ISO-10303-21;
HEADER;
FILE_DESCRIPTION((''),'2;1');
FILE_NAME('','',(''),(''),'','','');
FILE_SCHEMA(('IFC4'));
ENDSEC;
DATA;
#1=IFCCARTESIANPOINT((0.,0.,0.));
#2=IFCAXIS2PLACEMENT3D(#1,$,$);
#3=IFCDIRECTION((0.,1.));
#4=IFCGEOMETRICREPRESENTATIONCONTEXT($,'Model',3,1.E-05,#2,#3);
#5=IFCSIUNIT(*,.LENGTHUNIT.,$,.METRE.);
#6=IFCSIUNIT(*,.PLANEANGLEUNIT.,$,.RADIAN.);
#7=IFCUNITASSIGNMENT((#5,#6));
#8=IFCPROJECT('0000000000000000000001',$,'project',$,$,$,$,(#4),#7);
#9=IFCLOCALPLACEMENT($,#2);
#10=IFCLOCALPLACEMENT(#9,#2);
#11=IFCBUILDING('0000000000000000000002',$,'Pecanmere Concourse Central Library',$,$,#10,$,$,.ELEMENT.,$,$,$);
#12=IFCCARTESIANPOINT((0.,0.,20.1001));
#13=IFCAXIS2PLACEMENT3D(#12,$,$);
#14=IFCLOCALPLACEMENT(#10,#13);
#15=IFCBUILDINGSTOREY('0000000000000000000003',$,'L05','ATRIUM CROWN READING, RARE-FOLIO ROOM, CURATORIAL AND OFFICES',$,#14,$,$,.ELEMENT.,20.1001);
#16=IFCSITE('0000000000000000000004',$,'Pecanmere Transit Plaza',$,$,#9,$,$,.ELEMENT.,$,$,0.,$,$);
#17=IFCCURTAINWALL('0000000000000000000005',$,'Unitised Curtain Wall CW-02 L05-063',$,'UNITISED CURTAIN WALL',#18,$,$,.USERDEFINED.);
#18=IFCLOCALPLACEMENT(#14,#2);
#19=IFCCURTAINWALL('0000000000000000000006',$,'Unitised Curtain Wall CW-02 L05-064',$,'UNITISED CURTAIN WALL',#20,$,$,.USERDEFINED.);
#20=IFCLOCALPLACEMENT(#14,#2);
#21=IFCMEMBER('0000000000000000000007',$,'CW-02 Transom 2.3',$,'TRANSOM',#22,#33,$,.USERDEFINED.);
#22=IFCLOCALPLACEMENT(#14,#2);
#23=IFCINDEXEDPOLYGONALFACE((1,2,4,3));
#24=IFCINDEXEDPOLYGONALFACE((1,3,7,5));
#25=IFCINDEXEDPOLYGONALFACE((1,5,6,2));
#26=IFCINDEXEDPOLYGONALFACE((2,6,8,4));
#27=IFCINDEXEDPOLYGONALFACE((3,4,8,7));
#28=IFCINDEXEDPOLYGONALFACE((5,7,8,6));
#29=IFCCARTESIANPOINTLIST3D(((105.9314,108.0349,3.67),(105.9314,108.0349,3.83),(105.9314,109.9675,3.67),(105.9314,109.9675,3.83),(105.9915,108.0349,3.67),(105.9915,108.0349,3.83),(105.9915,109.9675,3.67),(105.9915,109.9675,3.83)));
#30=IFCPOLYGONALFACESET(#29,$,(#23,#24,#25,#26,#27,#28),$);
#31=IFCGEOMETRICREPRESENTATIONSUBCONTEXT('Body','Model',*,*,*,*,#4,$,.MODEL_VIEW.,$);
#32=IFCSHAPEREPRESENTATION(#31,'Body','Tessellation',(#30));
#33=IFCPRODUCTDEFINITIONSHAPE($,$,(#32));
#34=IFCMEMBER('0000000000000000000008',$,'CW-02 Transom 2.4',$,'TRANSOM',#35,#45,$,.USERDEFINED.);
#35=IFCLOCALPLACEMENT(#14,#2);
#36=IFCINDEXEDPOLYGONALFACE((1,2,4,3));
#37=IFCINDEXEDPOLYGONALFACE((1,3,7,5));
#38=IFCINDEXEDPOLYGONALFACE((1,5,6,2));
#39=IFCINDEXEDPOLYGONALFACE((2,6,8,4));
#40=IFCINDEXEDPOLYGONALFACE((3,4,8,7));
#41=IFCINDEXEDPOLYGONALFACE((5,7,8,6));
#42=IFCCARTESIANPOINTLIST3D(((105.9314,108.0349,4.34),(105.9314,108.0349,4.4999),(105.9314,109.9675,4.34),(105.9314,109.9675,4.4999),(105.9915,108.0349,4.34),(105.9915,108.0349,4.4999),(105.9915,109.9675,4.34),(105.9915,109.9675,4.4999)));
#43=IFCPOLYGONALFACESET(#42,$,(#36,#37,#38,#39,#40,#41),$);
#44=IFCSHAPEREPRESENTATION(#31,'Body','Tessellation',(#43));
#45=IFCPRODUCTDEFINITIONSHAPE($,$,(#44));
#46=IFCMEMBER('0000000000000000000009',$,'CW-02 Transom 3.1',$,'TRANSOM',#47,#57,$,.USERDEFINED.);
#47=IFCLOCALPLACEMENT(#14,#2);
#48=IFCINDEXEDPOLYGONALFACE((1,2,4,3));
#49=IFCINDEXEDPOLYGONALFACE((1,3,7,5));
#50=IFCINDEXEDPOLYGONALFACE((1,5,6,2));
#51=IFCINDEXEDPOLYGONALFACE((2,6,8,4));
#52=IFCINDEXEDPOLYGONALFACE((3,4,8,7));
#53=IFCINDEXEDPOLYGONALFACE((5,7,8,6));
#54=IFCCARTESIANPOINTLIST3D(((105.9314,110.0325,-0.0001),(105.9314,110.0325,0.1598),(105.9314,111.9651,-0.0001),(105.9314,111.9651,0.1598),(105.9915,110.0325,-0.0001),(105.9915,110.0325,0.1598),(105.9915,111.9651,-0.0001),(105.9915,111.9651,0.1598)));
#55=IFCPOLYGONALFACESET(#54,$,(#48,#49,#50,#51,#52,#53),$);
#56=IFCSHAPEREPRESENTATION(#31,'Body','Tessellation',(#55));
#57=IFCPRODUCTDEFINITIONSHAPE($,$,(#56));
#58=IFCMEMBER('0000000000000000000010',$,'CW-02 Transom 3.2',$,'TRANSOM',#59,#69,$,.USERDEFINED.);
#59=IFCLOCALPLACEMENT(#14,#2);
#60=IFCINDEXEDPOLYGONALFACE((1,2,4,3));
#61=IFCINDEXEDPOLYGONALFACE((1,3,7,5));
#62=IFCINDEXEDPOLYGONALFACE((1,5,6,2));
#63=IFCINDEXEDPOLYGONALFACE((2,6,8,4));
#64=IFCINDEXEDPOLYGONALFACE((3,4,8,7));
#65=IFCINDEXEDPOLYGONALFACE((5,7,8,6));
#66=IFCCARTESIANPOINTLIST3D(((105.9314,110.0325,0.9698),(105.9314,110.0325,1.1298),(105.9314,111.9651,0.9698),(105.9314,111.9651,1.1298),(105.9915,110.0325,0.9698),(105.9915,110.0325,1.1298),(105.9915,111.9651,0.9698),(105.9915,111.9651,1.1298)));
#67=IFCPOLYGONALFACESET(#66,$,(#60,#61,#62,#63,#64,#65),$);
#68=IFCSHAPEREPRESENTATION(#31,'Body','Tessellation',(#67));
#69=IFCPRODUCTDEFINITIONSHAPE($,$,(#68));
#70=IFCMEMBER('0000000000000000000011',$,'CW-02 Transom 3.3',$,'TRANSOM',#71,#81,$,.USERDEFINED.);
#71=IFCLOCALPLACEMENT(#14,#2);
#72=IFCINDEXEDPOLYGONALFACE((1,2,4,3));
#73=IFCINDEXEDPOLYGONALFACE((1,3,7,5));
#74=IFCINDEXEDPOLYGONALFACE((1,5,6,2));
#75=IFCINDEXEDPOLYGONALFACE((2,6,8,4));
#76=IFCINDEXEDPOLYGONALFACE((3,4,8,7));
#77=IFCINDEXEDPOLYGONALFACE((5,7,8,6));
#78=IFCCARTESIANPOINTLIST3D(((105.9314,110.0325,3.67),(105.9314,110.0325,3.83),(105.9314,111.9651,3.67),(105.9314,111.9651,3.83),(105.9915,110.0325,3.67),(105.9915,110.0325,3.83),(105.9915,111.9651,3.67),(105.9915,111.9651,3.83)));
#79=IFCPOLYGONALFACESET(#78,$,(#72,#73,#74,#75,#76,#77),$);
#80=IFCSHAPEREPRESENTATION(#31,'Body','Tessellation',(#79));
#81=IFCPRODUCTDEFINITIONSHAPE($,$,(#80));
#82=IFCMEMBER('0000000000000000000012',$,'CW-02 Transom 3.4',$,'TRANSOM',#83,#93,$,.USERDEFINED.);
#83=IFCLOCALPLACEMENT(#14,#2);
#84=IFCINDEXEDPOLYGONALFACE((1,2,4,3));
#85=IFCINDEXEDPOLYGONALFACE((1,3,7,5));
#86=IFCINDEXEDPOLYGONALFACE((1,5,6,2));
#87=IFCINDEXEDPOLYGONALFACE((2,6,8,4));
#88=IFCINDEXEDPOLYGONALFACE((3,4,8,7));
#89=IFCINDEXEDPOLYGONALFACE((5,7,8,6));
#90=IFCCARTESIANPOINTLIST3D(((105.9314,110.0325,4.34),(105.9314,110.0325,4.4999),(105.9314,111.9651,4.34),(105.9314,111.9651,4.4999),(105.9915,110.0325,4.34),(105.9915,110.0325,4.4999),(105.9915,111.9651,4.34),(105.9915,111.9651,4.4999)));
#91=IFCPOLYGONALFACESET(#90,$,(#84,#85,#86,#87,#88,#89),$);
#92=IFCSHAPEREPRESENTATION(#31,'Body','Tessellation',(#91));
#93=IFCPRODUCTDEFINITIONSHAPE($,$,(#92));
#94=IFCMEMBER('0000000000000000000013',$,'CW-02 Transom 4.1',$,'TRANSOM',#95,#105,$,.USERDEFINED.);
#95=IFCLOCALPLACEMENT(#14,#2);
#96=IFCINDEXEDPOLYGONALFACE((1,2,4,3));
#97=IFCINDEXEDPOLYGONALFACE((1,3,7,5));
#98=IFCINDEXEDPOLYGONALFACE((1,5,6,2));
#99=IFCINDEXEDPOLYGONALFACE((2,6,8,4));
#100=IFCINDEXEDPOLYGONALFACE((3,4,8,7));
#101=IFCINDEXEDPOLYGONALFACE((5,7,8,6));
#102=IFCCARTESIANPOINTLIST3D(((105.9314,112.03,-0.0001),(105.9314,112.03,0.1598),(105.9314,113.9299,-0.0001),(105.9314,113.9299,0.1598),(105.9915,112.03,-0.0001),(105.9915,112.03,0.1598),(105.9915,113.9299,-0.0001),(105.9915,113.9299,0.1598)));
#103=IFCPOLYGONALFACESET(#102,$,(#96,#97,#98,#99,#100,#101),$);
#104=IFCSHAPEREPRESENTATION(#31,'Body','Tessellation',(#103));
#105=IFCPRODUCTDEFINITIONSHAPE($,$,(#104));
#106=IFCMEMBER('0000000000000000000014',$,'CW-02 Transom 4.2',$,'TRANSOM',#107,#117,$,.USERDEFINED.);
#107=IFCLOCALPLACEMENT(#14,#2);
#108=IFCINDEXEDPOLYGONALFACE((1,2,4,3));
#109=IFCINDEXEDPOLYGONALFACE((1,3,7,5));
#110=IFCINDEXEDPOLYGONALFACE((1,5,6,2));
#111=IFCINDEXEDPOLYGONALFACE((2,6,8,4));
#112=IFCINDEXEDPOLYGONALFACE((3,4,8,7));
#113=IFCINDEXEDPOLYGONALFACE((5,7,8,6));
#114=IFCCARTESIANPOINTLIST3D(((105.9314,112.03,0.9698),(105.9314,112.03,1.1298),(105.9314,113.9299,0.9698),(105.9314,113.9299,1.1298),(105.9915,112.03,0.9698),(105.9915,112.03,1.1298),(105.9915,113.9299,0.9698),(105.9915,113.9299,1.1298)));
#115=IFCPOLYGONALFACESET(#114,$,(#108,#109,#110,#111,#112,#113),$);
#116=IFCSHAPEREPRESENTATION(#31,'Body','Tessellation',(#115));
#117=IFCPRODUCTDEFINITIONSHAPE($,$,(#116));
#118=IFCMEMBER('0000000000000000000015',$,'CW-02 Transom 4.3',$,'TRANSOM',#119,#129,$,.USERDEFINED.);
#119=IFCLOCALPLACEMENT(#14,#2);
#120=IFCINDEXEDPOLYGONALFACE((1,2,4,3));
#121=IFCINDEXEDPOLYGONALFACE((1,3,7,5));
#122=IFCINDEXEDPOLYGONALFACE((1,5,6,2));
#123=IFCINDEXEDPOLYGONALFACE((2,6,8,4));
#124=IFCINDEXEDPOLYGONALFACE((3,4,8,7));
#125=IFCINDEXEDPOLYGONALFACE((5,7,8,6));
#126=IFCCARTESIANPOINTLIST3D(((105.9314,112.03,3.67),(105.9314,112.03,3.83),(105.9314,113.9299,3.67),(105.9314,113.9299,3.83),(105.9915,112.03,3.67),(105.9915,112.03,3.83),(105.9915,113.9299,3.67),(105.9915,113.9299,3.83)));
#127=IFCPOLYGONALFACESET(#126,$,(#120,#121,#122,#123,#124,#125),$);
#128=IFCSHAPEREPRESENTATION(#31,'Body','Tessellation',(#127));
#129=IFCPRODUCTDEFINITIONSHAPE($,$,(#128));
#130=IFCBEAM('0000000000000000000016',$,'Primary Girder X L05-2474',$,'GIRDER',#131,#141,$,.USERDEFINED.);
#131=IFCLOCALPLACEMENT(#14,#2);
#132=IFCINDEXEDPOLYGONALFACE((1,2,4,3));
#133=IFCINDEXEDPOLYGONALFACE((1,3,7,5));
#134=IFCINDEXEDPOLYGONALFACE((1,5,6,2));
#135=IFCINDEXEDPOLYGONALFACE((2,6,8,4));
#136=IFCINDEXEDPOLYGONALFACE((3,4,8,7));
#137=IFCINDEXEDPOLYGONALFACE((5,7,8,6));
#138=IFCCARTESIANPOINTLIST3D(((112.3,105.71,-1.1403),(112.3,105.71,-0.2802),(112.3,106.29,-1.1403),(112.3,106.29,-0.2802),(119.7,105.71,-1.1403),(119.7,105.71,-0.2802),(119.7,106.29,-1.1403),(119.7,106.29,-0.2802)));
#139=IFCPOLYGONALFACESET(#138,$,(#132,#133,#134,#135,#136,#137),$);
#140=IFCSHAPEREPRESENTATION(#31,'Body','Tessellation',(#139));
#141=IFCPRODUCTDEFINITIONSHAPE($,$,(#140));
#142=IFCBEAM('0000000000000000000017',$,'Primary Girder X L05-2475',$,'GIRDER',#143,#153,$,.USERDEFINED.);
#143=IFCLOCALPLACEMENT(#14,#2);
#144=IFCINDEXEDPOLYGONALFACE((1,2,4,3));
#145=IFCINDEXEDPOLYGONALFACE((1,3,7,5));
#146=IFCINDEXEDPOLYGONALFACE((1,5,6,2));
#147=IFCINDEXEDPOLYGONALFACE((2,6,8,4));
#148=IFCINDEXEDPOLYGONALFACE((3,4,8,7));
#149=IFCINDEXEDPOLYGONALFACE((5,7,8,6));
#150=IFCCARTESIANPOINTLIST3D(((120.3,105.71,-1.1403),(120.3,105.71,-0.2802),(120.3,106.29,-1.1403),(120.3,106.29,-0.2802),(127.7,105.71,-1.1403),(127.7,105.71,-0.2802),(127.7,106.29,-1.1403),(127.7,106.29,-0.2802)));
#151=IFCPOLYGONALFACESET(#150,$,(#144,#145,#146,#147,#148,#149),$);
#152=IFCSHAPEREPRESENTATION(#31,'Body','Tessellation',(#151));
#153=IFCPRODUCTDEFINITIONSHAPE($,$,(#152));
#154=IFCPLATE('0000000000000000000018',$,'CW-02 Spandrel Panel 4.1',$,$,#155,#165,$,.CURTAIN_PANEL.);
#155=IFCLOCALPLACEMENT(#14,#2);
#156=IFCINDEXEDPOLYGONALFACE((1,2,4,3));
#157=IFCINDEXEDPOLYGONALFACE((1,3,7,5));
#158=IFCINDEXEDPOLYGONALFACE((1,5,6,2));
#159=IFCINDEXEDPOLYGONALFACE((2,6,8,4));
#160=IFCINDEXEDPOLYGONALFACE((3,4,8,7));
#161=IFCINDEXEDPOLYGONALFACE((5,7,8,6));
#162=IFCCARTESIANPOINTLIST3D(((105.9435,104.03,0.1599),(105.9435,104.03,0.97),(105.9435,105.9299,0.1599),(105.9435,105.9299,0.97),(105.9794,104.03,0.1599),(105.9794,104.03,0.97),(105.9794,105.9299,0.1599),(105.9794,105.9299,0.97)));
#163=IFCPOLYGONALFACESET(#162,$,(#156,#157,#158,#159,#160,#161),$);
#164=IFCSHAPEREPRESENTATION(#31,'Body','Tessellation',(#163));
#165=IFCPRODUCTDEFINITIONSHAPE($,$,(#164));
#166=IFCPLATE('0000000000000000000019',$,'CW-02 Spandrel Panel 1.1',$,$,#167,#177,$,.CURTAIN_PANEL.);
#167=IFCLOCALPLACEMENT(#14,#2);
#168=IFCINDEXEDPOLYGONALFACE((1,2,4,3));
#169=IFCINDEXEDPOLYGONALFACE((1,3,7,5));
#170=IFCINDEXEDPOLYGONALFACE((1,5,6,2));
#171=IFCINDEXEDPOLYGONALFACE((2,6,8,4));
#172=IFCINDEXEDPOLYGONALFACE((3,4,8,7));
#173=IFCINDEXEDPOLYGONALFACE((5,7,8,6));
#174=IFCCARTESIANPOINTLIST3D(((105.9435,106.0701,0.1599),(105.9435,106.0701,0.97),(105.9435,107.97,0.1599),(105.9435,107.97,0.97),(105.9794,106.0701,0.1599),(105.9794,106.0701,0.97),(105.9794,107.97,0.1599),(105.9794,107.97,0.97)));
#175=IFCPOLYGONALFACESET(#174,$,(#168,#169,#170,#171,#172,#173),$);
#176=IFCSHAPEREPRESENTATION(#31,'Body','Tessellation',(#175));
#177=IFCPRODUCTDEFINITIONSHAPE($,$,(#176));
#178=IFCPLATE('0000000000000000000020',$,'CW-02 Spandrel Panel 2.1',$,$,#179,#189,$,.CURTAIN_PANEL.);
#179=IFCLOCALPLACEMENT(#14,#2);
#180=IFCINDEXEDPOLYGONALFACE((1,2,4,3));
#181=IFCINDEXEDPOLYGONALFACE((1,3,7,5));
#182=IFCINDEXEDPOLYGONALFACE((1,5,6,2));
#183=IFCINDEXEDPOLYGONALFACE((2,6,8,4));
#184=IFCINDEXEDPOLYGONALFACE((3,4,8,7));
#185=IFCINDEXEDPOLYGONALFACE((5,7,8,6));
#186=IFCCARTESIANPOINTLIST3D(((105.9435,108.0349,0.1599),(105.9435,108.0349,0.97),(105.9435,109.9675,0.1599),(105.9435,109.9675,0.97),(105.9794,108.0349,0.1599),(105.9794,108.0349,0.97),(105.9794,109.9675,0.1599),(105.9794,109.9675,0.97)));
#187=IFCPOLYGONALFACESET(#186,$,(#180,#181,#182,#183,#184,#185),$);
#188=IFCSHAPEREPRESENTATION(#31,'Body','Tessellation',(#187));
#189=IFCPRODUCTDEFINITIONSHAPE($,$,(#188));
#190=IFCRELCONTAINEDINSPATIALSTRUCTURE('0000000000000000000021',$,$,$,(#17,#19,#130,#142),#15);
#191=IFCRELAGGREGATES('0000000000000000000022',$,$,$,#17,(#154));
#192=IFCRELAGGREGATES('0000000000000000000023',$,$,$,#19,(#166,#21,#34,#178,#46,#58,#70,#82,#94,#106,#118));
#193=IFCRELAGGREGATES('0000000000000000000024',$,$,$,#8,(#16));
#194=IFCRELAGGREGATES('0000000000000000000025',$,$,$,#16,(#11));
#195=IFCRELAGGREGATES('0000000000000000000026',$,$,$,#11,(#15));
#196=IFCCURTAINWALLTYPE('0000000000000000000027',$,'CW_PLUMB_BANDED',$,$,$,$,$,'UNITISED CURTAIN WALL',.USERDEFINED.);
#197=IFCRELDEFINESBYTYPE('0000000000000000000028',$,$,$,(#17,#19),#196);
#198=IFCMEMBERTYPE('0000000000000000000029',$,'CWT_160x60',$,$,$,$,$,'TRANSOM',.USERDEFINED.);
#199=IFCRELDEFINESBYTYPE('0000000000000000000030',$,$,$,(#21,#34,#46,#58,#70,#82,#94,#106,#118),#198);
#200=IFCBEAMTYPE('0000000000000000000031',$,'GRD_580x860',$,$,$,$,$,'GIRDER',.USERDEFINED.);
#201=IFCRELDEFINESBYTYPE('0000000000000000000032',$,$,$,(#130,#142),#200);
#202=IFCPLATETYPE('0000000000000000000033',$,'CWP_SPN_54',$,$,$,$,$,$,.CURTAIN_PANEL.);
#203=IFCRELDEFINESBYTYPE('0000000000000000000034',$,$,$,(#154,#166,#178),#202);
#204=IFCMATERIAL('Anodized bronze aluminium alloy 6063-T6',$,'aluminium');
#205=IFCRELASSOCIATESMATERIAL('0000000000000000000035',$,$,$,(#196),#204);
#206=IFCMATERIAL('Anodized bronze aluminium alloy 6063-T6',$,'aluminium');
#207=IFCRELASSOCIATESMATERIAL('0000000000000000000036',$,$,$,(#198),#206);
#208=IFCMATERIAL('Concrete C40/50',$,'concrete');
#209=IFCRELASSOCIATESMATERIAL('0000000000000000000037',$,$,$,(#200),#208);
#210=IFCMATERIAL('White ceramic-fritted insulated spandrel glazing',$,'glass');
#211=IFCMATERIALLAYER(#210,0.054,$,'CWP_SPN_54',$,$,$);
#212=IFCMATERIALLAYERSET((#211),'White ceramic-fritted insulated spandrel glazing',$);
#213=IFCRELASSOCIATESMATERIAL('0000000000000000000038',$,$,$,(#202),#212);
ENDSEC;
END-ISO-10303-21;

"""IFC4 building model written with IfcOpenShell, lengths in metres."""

from ifc_helpers import new_model, si_unit, direction, frame, origin, origin_2d, place, context, subcontext, project, spatial, rectangle, extrude, material, layer, layer_set, material_profile, profile_set, type_object, element, aggregate, save


model = new_model("IFC4")

# Units and contexts
model_context = context("Model", 3, precision=1e-05, world=origin(), true_north=direction((0.0, 1.0)))
body_context = subcontext(model_context, "Body", "Model", "MODEL_VIEW")
ifc_project = project(units=[si_unit("LENGTHUNIT", "METRE"), si_unit("PLANEANGLEUNIT", "RADIAN")], contexts=[model_context])

# Site, building, storey
site_placement = place(None, origin())
site = spatial("IfcSite", under=ifc_project, at=site_placement, Name="Pecanmere Transit Plaza", CompositionType="ELEMENT", RefElevation=0.0)
building_placement = place(site_placement, origin())
building = spatial("IfcBuilding", under=site, at=building_placement, Name="Pecanmere Concourse Central Library", CompositionType="ELEMENT")
storey_placement = place(building_placement, frame((0.0, 0.0, 20.1001)))
storey = spatial("IfcBuildingStorey", under=building, at=storey_placement, Name="L05", Description="ATRIUM CROWN READING, RARE-FOLIO ROOM, CURATORIAL AND OFFICES", CompositionType="ELEMENT", Elevation=20.1001)

# Curtain wall
ifc_material_1 = material(Name="Anodized bronze aluminium alloy 6063-T6", Category="aluminium")
curtain_wall_type = type_object("IfcCurtainWallType", Name="CW_PLUMB_BANDED", ElementType="UNITISED CURTAIN WALL", PredefinedType="USERDEFINED", material=ifc_material_1)
curtain_wall_1_placement = place(storey_placement, origin())
curtain_wall_1 = element("IfcCurtainWall", 1, at=curtain_wall_1_placement, inside=storey, type_object=curtain_wall_type, Name="Unitised Curtain Wall CW-02 L05-063", ObjectType="UNITISED CURTAIN WALL", PredefinedType="USERDEFINED")

# Curtain wall
curtain_wall_2_placement = place(storey_placement, origin())
curtain_wall_2 = element("IfcCurtainWall", 2, at=curtain_wall_2_placement, inside=storey, type_object=curtain_wall_type, Name="Unitised Curtain Wall CW-02 L05-064", ObjectType="UNITISED CURTAIN WALL", PredefinedType="USERDEFINED")

# Members
ifc_material_2 = material(Name="Anodized bronze aluminium alloy 6063-T6", Category="aluminium")
ifc_material_profile_1 = material_profile(ifc_material_2, rectangle(XDim=0.0601, YDim=0.1599, at=origin_2d()), Name="AL 60x160")
ifc_profile_set_1 = profile_set([ifc_material_profile_1], Name="Anodized bronze aluminium alloy 6063-T6")
member_type_1 = type_object("IfcMemberType", Name="CWT_160x60", ElementType="TRANSOM", PredefinedType="USERDEFINED", material=ifc_profile_set_1)
member_1_placement = place(storey_placement, frame((105.9614, 108.0349, 3.75), z_axis=(0.0, 1.0, 0.0), x_axis=(-1.0, 0.0, 0.0)))
member_1 = element("IfcMember", 3, at=member_1_placement, type_object=member_type_1, Name="CW-02 Transom 2.3", ObjectType="TRANSOM", PredefinedType="USERDEFINED", context=body_context, shape_type="SweptSolid", body=[
    extrude(rectangle(XDim=0.0601, YDim=0.1599, at=origin_2d()), origin(), (0.0, 0.0, 1.0), 1.9326),
])
member_2_placement = place(storey_placement, frame((105.9614, 108.0349, 4.4199), z_axis=(0.0, 1.0, 0.0), x_axis=(-1.0, 0.0, 0.0)))
member_2 = element("IfcMember", 4, at=member_2_placement, type_object=member_type_1, Name="CW-02 Transom 2.4", ObjectType="TRANSOM", PredefinedType="USERDEFINED", context=body_context, shape_type="SweptSolid", body=[
    extrude(rectangle(XDim=0.0601, YDim=0.1599, at=origin_2d()), origin(), (0.0, 0.0, 1.0), 1.9326),
])
member_3_placement = place(storey_placement, frame((105.9614, 110.0325, 0.0798), z_axis=(0.0, 1.0, 0.0), x_axis=(-1.0, 0.0, 0.0)))
member_3 = element("IfcMember", 5, at=member_3_placement, type_object=member_type_1, Name="CW-02 Transom 3.1", ObjectType="TRANSOM", PredefinedType="USERDEFINED", context=body_context, shape_type="SweptSolid", body=[
    extrude(rectangle(XDim=0.0601, YDim=0.1599, at=origin_2d()), origin(), (0.0, 0.0, 1.0), 1.9326),
])
member_4_placement = place(storey_placement, frame((105.9614, 110.0325, 1.0498), z_axis=(0.0, 1.0, 0.0), x_axis=(-1.0, 0.0, 0.0)))
member_4 = element("IfcMember", 6, at=member_4_placement, type_object=member_type_1, Name="CW-02 Transom 3.2", ObjectType="TRANSOM", PredefinedType="USERDEFINED", context=body_context, shape_type="SweptSolid", body=[
    extrude(rectangle(XDim=0.0601, YDim=0.1599, at=origin_2d()), origin(), (0.0, 0.0, 1.0), 1.9326),
])
member_5_placement = place(storey_placement, frame((105.9614, 110.0325, 3.75), z_axis=(0.0, 1.0, 0.0), x_axis=(-1.0, 0.0, 0.0)))
member_5 = element("IfcMember", 7, at=member_5_placement, type_object=member_type_1, Name="CW-02 Transom 3.3", ObjectType="TRANSOM", PredefinedType="USERDEFINED", context=body_context, shape_type="SweptSolid", body=[
    extrude(rectangle(XDim=0.0601, YDim=0.1599, at=origin_2d()), origin(), (0.0, 0.0, 1.0), 1.9326),
])
member_6_placement = place(storey_placement, frame((105.9614, 110.0325, 4.4199), z_axis=(0.0, 1.0, 0.0), x_axis=(-1.0, 0.0, 0.0)))
member_6 = element("IfcMember", 8, at=member_6_placement, type_object=member_type_1, Name="CW-02 Transom 3.4", ObjectType="TRANSOM", PredefinedType="USERDEFINED", context=body_context, shape_type="SweptSolid", body=[
    extrude(rectangle(XDim=0.0601, YDim=0.1599, at=origin_2d()), origin(), (0.0, 0.0, 1.0), 1.9326),
])
member_7_placement = place(storey_placement, frame((105.9614, 112.03, 0.0798), z_axis=(0.0, 1.0, 0.0), x_axis=(-1.0, 0.0, 0.0)))
member_7 = element("IfcMember", 9, at=member_7_placement, type_object=member_type_1, Name="CW-02 Transom 4.1", ObjectType="TRANSOM", PredefinedType="USERDEFINED", context=body_context, shape_type="SweptSolid", body=[
    extrude(rectangle(XDim=0.0601, YDim=0.1599, at=origin_2d()), origin(), (0.0, 0.0, 1.0), 1.8999),
])
member_8_placement = place(storey_placement, frame((105.9614, 112.03, 1.0498), z_axis=(0.0, 1.0, 0.0), x_axis=(-1.0, 0.0, 0.0)))
member_8 = element("IfcMember", 10, at=member_8_placement, type_object=member_type_1, Name="CW-02 Transom 4.2", ObjectType="TRANSOM", PredefinedType="USERDEFINED", context=body_context, shape_type="SweptSolid", body=[
    extrude(rectangle(XDim=0.0601, YDim=0.1599, at=origin_2d()), origin(), (0.0, 0.0, 1.0), 1.8999),
])
member_9_placement = place(storey_placement, frame((105.9614, 112.03, 3.75), z_axis=(0.0, 1.0, 0.0), x_axis=(-1.0, 0.0, 0.0)))
member_9 = element("IfcMember", 11, at=member_9_placement, type_object=member_type_1, Name="CW-02 Transom 4.3", ObjectType="TRANSOM", PredefinedType="USERDEFINED", context=body_context, shape_type="SweptSolid", body=[
    extrude(rectangle(XDim=0.0601, YDim=0.1599, at=origin_2d()), origin(), (0.0, 0.0, 1.0), 1.8999),
])

# Beams
ifc_material_3 = material(Name="Concrete C40/50", Category="concrete")
ifc_material_profile_2 = material_profile(ifc_material_3, rectangle(XDim=0.5801, YDim=0.8601, at=origin_2d()), Name="RC 580x860")
ifc_profile_set_2 = profile_set([ifc_material_profile_2], Name="Concrete C40/50")
beam_type = type_object("IfcBeamType", Name="GRD_580x860", ElementType="GIRDER", PredefinedType="USERDEFINED", material=ifc_profile_set_2)
for number, where, z_axis, x_axis, name in (
    (12, (112.3, 106.0, -0.7102), (1.0, 0.0, 0.0), (0.0, 1.0, 0.0), "Primary Girder X L05-2474"),
    (13, (120.3, 106.0, -0.7102), (1.0, 0.0, 0.0), (0.0, 1.0, 0.0), "Primary Girder X L05-2475"),
):
    element("IfcBeam", number, at=place(storey_placement, frame(where, z_axis=z_axis, x_axis=x_axis)), inside=storey, type_object=beam_type, Name=name, ObjectType="GIRDER", PredefinedType="USERDEFINED", context=body_context, shape_type="SweptSolid", body=[
        extrude(rectangle(XDim=0.5801, YDim=0.8601, at=origin_2d()), origin(), (0.0, 0.0, 1.0), 7.3999),
    ])

# Plates
ifc_material_4 = material(Name="White ceramic-fritted insulated spandrel glazing", Category="glass")
ifc_layer_1 = layer(ifc_material_4, 0.054, Name="CWP_SPN_54")
ifc_layer_set_1 = layer_set([ifc_layer_1], Name="White ceramic-fritted insulated spandrel glazing")
plate_type_1 = type_object("IfcPlateType", Name="CWP_SPN_54", PredefinedType="CURTAIN_PANEL", material=ifc_layer_set_1)
plate_1_placement = place(storey_placement, frame((105.9614, 104.98, 0.1599), z_axis=(0.0, 0.0, 1.0), x_axis=(0.0, 1.0, 0.0)))
plate_1 = element("IfcPlate", 14, at=plate_1_placement, type_object=plate_type_1, Name="CW-02 Spandrel Panel 4.1", PredefinedType="CURTAIN_PANEL", context=body_context, shape_type="SweptSolid", body=[
    extrude(rectangle(XDim=1.8999, YDim=0.0359, at=origin_2d()), origin(), (0.0, 0.0, 1.0), 0.8101),
])
plate_2_placement = place(storey_placement, frame((105.9614, 107.02, 0.1599), z_axis=(0.0, 0.0, 1.0), x_axis=(0.0, 1.0, 0.0)))
plate_2 = element("IfcPlate", 15, at=plate_2_placement, type_object=plate_type_1, Name="CW-02 Spandrel Panel 1.1", PredefinedType="CURTAIN_PANEL", context=body_context, shape_type="SweptSolid", body=[
    extrude(rectangle(XDim=1.8999, YDim=0.0359, at=origin_2d()), origin(), (0.0, 0.0, 1.0), 0.8101),
])
plate_3_placement = place(storey_placement, frame((105.9614, 109.0012, 0.1599), z_axis=(0.0, 0.0, 1.0), x_axis=(0.0, 1.0, 0.0)))
plate_3 = element("IfcPlate", 16, at=plate_3_placement, type_object=plate_type_1, Name="CW-02 Spandrel Panel 2.1", PredefinedType="CURTAIN_PANEL", context=body_context, shape_type="SweptSolid", body=[
    extrude(rectangle(XDim=1.9326, YDim=0.0359, at=origin_2d()), origin(), (0.0, 0.0, 1.0), 0.8101),
])
aggregate(curtain_wall_1, [plate_1])
aggregate(curtain_wall_2, [plate_2, member_1, member_2, plate_3, member_3, member_4, member_5, member_6, member_7, member_8, member_9])

save(model, "model.ifc")
